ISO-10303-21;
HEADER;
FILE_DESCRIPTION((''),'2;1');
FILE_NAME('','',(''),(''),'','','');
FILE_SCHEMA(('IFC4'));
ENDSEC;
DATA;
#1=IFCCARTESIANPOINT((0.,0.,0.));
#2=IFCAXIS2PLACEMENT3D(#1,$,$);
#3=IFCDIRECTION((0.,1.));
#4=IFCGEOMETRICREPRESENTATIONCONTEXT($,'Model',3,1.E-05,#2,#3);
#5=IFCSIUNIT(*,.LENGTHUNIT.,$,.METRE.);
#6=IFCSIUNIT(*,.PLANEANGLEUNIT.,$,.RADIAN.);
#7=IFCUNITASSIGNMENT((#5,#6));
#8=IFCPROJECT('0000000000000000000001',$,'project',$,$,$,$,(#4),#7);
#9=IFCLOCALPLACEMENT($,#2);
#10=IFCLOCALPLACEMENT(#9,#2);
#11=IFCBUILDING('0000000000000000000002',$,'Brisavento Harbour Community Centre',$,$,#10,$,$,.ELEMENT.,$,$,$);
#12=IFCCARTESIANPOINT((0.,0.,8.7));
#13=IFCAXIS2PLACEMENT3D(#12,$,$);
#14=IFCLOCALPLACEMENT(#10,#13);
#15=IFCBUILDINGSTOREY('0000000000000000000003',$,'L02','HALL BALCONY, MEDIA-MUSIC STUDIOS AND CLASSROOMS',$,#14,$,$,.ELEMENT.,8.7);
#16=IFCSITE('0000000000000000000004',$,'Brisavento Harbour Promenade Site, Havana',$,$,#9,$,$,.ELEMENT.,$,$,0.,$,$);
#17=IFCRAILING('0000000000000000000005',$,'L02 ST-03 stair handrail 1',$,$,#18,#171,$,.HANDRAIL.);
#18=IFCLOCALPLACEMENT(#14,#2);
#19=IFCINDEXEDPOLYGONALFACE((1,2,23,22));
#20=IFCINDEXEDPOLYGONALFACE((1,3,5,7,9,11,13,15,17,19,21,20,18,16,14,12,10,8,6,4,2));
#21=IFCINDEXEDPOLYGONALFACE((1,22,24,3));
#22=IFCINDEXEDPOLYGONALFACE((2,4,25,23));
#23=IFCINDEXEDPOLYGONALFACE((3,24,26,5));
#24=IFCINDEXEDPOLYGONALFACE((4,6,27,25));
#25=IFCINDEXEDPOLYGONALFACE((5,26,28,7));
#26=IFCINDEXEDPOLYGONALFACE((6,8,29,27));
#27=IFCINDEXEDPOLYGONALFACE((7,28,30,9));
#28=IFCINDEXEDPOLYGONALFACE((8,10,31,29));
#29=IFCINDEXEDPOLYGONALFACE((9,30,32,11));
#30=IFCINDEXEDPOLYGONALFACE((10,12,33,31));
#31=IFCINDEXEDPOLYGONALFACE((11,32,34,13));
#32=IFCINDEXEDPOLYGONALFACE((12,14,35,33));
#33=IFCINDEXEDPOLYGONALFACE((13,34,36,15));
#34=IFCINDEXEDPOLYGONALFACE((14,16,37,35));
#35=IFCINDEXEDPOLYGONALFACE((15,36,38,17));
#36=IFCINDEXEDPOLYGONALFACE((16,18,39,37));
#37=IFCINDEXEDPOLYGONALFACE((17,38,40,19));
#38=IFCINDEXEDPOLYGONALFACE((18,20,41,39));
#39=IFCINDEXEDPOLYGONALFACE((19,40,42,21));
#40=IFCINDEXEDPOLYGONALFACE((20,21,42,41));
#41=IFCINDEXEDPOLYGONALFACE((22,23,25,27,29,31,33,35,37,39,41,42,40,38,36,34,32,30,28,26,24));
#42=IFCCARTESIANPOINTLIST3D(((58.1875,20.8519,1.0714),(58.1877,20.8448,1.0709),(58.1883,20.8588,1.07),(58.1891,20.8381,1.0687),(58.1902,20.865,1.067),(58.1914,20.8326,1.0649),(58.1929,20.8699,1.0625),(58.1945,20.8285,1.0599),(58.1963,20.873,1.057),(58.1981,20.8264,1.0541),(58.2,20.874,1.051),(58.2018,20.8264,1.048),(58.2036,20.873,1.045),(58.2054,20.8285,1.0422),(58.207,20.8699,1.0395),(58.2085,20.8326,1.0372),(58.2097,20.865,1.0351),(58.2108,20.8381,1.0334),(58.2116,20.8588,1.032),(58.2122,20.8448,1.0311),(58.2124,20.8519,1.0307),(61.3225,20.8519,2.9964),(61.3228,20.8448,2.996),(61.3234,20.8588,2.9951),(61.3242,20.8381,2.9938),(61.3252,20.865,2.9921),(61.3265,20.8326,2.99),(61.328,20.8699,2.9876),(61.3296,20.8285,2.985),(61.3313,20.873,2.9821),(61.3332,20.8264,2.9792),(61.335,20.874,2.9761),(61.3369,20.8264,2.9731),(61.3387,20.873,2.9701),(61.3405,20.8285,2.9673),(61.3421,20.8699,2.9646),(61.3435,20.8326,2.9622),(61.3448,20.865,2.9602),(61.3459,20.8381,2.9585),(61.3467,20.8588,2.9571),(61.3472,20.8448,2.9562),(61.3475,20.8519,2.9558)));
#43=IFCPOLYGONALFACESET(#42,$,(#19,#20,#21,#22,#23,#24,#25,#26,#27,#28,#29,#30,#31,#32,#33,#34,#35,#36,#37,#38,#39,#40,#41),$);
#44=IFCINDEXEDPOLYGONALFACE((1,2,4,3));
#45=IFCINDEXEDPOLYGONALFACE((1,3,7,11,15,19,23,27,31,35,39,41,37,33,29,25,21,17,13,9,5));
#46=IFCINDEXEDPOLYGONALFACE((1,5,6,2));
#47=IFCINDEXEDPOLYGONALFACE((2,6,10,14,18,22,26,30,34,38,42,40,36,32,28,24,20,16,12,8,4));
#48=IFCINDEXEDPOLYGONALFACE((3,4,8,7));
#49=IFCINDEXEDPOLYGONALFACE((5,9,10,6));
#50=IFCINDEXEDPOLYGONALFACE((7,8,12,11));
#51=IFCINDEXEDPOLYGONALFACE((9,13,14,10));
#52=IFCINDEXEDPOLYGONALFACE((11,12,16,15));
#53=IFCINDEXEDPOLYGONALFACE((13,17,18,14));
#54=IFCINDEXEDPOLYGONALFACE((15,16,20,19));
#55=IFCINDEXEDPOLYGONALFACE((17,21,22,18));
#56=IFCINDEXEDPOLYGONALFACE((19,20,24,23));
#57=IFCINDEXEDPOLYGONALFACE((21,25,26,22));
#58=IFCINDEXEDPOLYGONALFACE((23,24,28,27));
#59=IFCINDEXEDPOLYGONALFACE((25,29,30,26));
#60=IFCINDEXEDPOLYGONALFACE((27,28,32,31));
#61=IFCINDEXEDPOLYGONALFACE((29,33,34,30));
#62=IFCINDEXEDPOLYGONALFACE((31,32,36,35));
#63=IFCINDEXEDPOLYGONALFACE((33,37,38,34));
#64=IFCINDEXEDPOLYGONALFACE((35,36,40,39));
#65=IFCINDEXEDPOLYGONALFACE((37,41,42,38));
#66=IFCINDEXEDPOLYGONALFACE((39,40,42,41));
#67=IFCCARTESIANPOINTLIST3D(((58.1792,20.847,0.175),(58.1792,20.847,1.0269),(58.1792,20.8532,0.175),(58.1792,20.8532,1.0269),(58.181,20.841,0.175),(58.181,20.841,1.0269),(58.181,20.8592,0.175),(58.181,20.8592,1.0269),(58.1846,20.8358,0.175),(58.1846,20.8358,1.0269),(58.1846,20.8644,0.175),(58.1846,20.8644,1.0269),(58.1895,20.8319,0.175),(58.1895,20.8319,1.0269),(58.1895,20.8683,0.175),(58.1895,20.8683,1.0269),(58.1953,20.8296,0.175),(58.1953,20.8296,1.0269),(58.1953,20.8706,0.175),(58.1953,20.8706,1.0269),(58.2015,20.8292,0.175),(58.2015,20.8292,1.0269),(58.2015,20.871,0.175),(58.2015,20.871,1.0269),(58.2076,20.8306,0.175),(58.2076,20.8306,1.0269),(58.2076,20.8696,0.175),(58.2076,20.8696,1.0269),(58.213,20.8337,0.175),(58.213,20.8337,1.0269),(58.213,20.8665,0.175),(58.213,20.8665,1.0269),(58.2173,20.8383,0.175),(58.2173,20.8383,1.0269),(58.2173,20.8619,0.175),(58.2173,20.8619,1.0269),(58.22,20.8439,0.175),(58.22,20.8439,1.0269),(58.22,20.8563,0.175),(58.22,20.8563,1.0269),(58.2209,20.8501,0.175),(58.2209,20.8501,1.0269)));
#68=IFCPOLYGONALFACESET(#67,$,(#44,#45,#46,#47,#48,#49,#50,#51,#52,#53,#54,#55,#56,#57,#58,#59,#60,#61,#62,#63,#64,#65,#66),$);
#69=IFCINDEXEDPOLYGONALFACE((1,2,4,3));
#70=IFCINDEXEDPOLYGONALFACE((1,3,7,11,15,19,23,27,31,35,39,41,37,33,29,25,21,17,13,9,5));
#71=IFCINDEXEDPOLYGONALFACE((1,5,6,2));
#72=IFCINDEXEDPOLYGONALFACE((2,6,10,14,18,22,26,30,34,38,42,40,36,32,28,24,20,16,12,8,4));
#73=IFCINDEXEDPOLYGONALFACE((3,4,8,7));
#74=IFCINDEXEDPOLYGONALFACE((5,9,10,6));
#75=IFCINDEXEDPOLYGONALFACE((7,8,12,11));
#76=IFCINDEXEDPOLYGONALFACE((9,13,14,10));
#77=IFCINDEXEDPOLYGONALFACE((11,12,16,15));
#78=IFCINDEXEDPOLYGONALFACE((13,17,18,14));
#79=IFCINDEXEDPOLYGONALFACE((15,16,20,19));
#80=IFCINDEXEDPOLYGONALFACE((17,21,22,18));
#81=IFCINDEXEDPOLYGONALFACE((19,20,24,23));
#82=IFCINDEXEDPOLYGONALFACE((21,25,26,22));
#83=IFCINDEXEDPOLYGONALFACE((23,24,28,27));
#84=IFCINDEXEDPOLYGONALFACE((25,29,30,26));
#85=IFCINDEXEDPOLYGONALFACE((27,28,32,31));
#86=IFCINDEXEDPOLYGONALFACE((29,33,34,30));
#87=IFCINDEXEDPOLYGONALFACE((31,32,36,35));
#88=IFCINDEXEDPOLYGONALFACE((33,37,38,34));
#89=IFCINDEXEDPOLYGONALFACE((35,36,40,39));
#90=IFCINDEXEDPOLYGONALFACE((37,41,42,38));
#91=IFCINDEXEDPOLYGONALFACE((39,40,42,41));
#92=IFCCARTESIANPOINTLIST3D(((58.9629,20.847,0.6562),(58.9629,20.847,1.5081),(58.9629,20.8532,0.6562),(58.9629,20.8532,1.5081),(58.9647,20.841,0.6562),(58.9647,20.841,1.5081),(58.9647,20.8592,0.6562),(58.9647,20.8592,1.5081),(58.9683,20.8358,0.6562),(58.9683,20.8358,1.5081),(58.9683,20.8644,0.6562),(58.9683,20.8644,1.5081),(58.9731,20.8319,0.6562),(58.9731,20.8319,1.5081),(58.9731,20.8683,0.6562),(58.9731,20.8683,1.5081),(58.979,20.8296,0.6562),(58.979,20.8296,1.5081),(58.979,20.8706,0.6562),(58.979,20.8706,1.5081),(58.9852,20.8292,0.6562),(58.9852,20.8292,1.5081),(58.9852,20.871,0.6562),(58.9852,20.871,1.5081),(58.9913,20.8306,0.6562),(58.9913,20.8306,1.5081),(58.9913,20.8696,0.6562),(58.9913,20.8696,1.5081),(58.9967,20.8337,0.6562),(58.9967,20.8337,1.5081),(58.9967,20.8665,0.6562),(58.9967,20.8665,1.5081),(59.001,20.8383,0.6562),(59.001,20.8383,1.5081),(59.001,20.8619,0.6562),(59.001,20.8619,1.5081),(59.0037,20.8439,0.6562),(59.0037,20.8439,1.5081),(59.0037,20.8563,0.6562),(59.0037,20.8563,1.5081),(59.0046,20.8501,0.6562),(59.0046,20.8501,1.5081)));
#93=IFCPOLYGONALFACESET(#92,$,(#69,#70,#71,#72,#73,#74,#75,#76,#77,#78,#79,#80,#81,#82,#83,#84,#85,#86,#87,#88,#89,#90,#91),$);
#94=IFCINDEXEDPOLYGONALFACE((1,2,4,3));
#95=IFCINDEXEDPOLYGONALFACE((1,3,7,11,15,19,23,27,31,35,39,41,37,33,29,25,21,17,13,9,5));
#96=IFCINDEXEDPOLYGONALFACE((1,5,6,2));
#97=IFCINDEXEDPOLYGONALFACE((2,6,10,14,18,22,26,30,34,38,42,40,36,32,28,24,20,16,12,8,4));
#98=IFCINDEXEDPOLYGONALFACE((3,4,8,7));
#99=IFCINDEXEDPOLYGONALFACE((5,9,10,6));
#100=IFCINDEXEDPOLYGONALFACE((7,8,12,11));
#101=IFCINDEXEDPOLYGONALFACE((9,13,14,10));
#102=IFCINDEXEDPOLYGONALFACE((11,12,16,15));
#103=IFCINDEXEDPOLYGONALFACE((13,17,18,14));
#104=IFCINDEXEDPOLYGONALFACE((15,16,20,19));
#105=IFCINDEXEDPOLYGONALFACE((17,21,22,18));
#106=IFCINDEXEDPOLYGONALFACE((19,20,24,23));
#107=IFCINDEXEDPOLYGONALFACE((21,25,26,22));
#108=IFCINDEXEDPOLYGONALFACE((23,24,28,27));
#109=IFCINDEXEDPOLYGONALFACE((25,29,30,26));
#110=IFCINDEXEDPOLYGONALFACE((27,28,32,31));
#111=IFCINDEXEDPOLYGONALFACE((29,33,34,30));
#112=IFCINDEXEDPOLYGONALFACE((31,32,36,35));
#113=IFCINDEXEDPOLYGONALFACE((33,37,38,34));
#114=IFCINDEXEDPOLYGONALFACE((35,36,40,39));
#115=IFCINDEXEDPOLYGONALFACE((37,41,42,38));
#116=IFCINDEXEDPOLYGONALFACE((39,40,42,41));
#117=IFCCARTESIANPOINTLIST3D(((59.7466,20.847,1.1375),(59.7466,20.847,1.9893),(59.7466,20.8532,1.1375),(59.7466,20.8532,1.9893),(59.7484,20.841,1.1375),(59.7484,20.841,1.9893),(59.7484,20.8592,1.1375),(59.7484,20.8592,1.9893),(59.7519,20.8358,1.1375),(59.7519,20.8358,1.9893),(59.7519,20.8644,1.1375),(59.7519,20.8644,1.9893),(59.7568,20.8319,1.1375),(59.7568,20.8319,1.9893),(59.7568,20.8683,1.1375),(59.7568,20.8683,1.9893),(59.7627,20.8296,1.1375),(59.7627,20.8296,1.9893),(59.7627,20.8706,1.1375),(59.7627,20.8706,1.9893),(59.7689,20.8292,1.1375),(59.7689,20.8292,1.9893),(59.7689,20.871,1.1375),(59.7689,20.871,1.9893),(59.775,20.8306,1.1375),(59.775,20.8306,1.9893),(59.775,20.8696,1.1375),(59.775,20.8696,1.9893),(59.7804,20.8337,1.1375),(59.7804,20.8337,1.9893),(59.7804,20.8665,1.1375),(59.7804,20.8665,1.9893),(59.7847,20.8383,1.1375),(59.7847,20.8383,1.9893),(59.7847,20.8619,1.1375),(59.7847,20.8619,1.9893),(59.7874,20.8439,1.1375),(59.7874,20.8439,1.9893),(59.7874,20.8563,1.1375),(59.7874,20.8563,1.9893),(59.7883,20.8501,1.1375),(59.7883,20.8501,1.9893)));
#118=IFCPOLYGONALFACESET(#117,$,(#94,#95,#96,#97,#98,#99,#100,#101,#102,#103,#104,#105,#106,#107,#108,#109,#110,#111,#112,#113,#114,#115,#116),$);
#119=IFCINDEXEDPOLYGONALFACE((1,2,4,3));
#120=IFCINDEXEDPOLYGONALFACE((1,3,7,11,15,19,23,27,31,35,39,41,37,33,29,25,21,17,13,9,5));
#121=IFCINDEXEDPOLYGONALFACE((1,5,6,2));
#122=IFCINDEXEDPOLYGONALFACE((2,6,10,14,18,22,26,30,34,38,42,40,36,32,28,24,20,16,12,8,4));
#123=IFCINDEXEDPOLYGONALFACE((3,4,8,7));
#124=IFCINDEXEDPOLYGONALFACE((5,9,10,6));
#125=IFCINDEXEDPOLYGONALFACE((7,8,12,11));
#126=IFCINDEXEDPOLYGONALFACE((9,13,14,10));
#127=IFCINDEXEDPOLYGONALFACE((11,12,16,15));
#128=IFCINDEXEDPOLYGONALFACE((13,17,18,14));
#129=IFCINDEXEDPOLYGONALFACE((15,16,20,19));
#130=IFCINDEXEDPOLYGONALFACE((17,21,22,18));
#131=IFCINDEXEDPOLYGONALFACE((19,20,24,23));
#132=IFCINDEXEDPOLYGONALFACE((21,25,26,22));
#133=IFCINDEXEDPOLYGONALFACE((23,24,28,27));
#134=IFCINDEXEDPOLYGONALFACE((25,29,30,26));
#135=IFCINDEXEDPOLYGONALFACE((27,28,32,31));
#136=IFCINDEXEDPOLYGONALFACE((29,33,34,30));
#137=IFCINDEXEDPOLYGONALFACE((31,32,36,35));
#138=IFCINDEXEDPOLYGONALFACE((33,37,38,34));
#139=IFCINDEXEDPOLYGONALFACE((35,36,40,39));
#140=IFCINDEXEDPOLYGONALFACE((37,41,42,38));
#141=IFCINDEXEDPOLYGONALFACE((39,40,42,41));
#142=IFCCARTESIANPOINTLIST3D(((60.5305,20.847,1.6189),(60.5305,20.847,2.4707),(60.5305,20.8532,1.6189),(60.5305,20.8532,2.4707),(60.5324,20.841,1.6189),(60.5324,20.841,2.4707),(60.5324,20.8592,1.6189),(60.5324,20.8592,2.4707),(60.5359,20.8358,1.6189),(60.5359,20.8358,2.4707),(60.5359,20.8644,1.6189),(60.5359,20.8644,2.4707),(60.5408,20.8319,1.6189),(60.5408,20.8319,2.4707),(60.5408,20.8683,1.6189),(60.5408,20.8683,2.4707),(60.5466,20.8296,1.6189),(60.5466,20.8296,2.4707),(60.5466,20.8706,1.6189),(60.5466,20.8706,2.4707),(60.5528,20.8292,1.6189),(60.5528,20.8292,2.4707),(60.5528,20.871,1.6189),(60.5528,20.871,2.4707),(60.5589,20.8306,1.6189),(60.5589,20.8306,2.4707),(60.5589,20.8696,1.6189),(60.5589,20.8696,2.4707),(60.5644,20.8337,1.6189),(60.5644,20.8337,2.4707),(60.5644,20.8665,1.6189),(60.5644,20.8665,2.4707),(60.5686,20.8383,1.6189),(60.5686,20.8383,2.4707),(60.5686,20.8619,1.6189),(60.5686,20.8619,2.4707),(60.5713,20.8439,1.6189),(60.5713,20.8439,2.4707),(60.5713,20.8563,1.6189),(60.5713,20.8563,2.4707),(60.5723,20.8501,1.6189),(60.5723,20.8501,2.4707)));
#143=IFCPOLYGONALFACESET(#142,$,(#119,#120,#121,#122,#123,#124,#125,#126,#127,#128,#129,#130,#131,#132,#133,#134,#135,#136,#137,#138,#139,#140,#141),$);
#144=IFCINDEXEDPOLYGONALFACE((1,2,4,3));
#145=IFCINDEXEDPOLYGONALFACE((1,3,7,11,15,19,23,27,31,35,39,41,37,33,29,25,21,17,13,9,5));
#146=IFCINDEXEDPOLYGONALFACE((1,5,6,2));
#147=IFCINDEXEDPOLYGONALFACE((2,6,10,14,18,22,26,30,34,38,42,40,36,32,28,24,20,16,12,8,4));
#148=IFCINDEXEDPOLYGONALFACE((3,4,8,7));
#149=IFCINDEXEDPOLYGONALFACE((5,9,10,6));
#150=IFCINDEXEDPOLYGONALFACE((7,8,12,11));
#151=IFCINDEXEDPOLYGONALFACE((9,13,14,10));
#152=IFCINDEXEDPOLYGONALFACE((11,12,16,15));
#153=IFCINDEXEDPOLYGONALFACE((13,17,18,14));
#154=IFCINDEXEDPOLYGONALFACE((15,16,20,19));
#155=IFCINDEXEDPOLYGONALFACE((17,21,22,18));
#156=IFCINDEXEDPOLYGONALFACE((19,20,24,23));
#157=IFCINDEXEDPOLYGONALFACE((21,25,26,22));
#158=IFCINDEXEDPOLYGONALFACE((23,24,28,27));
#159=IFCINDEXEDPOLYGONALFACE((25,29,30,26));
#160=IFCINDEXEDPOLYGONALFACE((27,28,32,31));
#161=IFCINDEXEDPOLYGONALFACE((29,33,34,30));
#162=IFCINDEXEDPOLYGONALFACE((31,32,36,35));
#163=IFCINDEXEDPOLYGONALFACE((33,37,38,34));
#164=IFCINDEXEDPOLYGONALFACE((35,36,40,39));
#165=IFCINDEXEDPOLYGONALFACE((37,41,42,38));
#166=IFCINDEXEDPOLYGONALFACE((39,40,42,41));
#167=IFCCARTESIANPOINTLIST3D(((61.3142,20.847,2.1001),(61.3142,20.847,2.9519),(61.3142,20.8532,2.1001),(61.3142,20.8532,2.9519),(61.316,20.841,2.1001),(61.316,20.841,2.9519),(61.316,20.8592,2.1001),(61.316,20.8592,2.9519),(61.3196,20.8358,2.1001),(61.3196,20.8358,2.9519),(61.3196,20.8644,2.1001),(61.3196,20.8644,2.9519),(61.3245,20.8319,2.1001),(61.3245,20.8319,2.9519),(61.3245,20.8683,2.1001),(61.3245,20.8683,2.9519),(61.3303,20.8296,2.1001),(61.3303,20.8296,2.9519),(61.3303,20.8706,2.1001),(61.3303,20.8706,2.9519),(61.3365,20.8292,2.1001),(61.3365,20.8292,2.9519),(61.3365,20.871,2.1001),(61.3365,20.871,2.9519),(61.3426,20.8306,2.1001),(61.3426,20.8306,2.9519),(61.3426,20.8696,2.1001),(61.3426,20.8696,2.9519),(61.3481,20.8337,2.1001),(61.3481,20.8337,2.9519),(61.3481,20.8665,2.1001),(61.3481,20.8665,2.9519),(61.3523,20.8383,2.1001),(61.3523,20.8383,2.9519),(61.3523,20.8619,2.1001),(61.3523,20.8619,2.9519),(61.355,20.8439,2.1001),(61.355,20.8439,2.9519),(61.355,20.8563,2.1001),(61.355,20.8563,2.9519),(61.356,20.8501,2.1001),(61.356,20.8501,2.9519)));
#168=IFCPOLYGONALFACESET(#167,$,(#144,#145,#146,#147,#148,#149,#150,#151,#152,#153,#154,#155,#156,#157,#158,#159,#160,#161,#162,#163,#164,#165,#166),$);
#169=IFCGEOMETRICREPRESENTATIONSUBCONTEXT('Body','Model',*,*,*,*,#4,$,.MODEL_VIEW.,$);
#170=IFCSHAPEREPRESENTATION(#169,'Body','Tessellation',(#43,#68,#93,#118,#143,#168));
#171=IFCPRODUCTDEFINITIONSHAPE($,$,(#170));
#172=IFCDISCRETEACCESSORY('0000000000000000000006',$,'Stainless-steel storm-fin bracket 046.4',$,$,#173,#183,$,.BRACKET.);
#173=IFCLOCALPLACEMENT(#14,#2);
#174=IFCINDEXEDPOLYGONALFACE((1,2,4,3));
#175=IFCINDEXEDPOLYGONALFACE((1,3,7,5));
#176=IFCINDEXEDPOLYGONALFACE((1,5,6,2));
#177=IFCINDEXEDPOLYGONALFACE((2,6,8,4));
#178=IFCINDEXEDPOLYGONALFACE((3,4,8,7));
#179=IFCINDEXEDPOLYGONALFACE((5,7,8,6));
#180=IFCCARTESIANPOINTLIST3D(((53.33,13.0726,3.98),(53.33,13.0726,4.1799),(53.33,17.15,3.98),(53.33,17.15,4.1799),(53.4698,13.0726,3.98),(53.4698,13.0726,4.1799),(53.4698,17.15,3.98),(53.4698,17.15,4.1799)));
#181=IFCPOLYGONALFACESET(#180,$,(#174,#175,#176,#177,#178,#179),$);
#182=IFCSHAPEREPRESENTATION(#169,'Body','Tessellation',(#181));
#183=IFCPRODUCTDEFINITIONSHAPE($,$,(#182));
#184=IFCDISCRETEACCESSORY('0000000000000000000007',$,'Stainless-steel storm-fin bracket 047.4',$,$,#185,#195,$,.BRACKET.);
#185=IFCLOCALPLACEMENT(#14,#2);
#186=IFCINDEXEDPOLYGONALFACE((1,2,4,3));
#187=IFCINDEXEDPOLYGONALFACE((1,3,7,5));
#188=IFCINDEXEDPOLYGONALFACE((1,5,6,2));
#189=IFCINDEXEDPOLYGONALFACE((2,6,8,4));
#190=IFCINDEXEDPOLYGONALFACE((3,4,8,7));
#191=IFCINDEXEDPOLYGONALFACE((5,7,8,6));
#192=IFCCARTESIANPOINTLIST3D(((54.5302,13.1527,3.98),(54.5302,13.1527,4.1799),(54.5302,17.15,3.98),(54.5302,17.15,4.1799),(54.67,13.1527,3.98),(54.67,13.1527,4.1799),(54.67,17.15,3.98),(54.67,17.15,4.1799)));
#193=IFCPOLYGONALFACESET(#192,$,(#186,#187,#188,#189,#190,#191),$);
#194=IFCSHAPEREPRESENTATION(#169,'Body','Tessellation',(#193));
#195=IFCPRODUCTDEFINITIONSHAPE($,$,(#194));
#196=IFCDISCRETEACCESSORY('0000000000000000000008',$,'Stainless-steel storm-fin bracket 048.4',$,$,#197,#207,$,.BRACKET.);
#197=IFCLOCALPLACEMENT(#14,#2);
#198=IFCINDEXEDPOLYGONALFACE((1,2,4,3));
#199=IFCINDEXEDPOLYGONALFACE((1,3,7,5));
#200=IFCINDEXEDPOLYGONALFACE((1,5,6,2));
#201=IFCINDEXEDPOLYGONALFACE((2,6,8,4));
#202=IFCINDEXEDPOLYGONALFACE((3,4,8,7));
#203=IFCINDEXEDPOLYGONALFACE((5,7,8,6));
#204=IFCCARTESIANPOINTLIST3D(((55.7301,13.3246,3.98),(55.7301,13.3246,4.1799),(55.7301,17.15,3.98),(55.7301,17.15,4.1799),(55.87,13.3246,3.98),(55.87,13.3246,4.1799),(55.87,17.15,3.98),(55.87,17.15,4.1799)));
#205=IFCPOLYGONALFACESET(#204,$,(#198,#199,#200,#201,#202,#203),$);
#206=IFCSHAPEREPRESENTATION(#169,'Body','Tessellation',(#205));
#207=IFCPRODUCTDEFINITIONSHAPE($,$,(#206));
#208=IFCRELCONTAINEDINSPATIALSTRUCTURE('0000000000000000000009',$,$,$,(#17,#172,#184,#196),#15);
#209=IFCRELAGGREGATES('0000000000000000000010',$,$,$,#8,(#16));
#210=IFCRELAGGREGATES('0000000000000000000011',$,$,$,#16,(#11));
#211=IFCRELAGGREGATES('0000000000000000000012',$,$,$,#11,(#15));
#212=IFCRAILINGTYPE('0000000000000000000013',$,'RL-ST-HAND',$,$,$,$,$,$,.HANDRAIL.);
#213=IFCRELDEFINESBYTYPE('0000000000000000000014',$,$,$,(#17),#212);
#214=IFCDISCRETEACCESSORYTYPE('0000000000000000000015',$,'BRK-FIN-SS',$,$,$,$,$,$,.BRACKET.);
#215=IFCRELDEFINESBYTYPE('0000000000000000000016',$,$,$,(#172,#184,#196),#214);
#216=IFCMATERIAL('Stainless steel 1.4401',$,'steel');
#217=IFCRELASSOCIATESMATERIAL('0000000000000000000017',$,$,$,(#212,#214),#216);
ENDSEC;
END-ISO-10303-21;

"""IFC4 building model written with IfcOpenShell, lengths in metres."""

from ifc_helpers import new_model, si_unit, direction, frame, origin, origin_2d, place, context, subcontext, project, spatial, rectangle, circle, extrude, material, type_object, element, save


model = new_model("IFC4")

# Units and contexts
model_context = context("Model", 3, precision=1e-05, world=origin(), true_north=direction((0.0, 1.0)))
body_context = subcontext(model_context, "Body", "Model", "MODEL_VIEW")
ifc_project = project(units=[si_unit("LENGTHUNIT", "METRE"), si_unit("PLANEANGLEUNIT", "RADIAN")], contexts=[model_context])

# Site, building, storey
site_placement = place(None, origin())
site = spatial("IfcSite", under=ifc_project, at=site_placement, Name="Brisavento Harbour Promenade Site, Havana", CompositionType="ELEMENT", RefElevation=0.0)
building_placement = place(site_placement, origin())
building = spatial("IfcBuilding", under=site, at=building_placement, Name="Brisavento Harbour Community Centre", CompositionType="ELEMENT")
storey_placement = place(building_placement, frame((0.0, 0.0, 8.7)))
storey = spatial("IfcBuildingStorey", under=building, at=storey_placement, Name="L02", Description="HALL BALCONY, MEDIA-MUSIC STUDIOS AND CLASSROOMS", CompositionType="ELEMENT", Elevation=8.7)

# Railing
ifc_material_1 = material(Name="Stainless steel 1.4401", Category="steel")
railing_type_1 = type_object("IfcRailingType", Name="RL-ST-HAND", PredefinedType="HANDRAIL", material=ifc_material_1)
railing_1_placement = place(storey_placement, frame((58.2, 20.8501, 0.175)))
element("IfcRailing", 1, at=railing_1_placement, inside=storey, type_object=railing_type_1, Name="L02 ST-03 stair handrail 1", PredefinedType="HANDRAIL", context=body_context, shape_type="SweptSolid", body=[
    extrude(circle(Radius=0.0239, at=origin_2d()), frame((0.0, 0.0, 0.876), z_axis=(0.852166, 0.0, 0.523271), x_axis=(0.0, 1.0, 0.0)), (0.0, 0.0, 1.0), 3.679),
    extrude(circle(Radius=0.021, at=origin_2d()), origin(), (0.0, 0.0, 1.0), 0.8518),
    extrude(circle(Radius=0.021, at=origin_2d()), frame((0.7837, 0.0, 0.4812)), (0.0, 0.0, 1.0), 0.8518),
    extrude(circle(Radius=0.021, at=origin_2d()), frame((1.5674, 0.0, 0.9624)), (0.0, 0.0, 1.0), 0.8518),
    extrude(circle(Radius=0.021, at=origin_2d()), frame((2.3513, 0.0, 1.4438)), (0.0, 0.0, 1.0), 0.8518),
    extrude(circle(Radius=0.021, at=origin_2d()), frame((3.135, 0.0, 1.925)), (0.0, 0.0, 1.0), 0.8518),
])

# Discrete accessories
discrete_accessory_type = type_object("IfcDiscreteAccessoryType", Name="BRK-FIN-SS", PredefinedType="BRACKET", material=ifc_material_1)
discrete_accessory_1_placement = place(storey_placement, frame((53.3999, 15.1113, 3.98), z_axis=(0.0, 0.0, 1.0), x_axis=(0.0, -1.0, 0.0)))
element("IfcDiscreteAccessory", 2, at=discrete_accessory_1_placement, inside=storey, type_object=discrete_accessory_type, Name="Stainless-steel storm-fin bracket 046.4", PredefinedType="BRACKET", context=body_context, shape_type="SweptSolid", body=[
    extrude(rectangle(XDim=4.0774, YDim=0.1399, at=origin_2d()), origin(), (0.0, 0.0, 1.0), 0.2),
])
discrete_accessory_2_placement = place(storey_placement, frame((54.6001, 15.1514, 3.98), z_axis=(0.0, 0.0, 1.0), x_axis=(0.0, -1.0, 0.0)))
element("IfcDiscreteAccessory", 3, at=discrete_accessory_2_placement, inside=storey, type_object=discrete_accessory_type, Name="Stainless-steel storm-fin bracket 047.4", PredefinedType="BRACKET", context=body_context, shape_type="SweptSolid", body=[
    extrude(rectangle(XDim=3.9973, YDim=0.1399, at=origin_2d()), origin(), (0.0, 0.0, 1.0), 0.2),
])
discrete_accessory_3_placement = place(storey_placement, frame((55.8, 15.2373, 3.98), z_axis=(0.0, 0.0, 1.0), x_axis=(0.0, -1.0, 0.0)))
element("IfcDiscreteAccessory", 4, at=discrete_accessory_3_placement, inside=storey, type_object=discrete_accessory_type, Name="Stainless-steel storm-fin bracket 048.4", PredefinedType="BRACKET", context=body_context, shape_type="SweptSolid", body=[
    extrude(rectangle(XDim=3.8254, YDim=0.1399, at=origin_2d()), origin(), (0.0, 0.0, 1.0), 0.2),
])

save(model, "model.ifc")
